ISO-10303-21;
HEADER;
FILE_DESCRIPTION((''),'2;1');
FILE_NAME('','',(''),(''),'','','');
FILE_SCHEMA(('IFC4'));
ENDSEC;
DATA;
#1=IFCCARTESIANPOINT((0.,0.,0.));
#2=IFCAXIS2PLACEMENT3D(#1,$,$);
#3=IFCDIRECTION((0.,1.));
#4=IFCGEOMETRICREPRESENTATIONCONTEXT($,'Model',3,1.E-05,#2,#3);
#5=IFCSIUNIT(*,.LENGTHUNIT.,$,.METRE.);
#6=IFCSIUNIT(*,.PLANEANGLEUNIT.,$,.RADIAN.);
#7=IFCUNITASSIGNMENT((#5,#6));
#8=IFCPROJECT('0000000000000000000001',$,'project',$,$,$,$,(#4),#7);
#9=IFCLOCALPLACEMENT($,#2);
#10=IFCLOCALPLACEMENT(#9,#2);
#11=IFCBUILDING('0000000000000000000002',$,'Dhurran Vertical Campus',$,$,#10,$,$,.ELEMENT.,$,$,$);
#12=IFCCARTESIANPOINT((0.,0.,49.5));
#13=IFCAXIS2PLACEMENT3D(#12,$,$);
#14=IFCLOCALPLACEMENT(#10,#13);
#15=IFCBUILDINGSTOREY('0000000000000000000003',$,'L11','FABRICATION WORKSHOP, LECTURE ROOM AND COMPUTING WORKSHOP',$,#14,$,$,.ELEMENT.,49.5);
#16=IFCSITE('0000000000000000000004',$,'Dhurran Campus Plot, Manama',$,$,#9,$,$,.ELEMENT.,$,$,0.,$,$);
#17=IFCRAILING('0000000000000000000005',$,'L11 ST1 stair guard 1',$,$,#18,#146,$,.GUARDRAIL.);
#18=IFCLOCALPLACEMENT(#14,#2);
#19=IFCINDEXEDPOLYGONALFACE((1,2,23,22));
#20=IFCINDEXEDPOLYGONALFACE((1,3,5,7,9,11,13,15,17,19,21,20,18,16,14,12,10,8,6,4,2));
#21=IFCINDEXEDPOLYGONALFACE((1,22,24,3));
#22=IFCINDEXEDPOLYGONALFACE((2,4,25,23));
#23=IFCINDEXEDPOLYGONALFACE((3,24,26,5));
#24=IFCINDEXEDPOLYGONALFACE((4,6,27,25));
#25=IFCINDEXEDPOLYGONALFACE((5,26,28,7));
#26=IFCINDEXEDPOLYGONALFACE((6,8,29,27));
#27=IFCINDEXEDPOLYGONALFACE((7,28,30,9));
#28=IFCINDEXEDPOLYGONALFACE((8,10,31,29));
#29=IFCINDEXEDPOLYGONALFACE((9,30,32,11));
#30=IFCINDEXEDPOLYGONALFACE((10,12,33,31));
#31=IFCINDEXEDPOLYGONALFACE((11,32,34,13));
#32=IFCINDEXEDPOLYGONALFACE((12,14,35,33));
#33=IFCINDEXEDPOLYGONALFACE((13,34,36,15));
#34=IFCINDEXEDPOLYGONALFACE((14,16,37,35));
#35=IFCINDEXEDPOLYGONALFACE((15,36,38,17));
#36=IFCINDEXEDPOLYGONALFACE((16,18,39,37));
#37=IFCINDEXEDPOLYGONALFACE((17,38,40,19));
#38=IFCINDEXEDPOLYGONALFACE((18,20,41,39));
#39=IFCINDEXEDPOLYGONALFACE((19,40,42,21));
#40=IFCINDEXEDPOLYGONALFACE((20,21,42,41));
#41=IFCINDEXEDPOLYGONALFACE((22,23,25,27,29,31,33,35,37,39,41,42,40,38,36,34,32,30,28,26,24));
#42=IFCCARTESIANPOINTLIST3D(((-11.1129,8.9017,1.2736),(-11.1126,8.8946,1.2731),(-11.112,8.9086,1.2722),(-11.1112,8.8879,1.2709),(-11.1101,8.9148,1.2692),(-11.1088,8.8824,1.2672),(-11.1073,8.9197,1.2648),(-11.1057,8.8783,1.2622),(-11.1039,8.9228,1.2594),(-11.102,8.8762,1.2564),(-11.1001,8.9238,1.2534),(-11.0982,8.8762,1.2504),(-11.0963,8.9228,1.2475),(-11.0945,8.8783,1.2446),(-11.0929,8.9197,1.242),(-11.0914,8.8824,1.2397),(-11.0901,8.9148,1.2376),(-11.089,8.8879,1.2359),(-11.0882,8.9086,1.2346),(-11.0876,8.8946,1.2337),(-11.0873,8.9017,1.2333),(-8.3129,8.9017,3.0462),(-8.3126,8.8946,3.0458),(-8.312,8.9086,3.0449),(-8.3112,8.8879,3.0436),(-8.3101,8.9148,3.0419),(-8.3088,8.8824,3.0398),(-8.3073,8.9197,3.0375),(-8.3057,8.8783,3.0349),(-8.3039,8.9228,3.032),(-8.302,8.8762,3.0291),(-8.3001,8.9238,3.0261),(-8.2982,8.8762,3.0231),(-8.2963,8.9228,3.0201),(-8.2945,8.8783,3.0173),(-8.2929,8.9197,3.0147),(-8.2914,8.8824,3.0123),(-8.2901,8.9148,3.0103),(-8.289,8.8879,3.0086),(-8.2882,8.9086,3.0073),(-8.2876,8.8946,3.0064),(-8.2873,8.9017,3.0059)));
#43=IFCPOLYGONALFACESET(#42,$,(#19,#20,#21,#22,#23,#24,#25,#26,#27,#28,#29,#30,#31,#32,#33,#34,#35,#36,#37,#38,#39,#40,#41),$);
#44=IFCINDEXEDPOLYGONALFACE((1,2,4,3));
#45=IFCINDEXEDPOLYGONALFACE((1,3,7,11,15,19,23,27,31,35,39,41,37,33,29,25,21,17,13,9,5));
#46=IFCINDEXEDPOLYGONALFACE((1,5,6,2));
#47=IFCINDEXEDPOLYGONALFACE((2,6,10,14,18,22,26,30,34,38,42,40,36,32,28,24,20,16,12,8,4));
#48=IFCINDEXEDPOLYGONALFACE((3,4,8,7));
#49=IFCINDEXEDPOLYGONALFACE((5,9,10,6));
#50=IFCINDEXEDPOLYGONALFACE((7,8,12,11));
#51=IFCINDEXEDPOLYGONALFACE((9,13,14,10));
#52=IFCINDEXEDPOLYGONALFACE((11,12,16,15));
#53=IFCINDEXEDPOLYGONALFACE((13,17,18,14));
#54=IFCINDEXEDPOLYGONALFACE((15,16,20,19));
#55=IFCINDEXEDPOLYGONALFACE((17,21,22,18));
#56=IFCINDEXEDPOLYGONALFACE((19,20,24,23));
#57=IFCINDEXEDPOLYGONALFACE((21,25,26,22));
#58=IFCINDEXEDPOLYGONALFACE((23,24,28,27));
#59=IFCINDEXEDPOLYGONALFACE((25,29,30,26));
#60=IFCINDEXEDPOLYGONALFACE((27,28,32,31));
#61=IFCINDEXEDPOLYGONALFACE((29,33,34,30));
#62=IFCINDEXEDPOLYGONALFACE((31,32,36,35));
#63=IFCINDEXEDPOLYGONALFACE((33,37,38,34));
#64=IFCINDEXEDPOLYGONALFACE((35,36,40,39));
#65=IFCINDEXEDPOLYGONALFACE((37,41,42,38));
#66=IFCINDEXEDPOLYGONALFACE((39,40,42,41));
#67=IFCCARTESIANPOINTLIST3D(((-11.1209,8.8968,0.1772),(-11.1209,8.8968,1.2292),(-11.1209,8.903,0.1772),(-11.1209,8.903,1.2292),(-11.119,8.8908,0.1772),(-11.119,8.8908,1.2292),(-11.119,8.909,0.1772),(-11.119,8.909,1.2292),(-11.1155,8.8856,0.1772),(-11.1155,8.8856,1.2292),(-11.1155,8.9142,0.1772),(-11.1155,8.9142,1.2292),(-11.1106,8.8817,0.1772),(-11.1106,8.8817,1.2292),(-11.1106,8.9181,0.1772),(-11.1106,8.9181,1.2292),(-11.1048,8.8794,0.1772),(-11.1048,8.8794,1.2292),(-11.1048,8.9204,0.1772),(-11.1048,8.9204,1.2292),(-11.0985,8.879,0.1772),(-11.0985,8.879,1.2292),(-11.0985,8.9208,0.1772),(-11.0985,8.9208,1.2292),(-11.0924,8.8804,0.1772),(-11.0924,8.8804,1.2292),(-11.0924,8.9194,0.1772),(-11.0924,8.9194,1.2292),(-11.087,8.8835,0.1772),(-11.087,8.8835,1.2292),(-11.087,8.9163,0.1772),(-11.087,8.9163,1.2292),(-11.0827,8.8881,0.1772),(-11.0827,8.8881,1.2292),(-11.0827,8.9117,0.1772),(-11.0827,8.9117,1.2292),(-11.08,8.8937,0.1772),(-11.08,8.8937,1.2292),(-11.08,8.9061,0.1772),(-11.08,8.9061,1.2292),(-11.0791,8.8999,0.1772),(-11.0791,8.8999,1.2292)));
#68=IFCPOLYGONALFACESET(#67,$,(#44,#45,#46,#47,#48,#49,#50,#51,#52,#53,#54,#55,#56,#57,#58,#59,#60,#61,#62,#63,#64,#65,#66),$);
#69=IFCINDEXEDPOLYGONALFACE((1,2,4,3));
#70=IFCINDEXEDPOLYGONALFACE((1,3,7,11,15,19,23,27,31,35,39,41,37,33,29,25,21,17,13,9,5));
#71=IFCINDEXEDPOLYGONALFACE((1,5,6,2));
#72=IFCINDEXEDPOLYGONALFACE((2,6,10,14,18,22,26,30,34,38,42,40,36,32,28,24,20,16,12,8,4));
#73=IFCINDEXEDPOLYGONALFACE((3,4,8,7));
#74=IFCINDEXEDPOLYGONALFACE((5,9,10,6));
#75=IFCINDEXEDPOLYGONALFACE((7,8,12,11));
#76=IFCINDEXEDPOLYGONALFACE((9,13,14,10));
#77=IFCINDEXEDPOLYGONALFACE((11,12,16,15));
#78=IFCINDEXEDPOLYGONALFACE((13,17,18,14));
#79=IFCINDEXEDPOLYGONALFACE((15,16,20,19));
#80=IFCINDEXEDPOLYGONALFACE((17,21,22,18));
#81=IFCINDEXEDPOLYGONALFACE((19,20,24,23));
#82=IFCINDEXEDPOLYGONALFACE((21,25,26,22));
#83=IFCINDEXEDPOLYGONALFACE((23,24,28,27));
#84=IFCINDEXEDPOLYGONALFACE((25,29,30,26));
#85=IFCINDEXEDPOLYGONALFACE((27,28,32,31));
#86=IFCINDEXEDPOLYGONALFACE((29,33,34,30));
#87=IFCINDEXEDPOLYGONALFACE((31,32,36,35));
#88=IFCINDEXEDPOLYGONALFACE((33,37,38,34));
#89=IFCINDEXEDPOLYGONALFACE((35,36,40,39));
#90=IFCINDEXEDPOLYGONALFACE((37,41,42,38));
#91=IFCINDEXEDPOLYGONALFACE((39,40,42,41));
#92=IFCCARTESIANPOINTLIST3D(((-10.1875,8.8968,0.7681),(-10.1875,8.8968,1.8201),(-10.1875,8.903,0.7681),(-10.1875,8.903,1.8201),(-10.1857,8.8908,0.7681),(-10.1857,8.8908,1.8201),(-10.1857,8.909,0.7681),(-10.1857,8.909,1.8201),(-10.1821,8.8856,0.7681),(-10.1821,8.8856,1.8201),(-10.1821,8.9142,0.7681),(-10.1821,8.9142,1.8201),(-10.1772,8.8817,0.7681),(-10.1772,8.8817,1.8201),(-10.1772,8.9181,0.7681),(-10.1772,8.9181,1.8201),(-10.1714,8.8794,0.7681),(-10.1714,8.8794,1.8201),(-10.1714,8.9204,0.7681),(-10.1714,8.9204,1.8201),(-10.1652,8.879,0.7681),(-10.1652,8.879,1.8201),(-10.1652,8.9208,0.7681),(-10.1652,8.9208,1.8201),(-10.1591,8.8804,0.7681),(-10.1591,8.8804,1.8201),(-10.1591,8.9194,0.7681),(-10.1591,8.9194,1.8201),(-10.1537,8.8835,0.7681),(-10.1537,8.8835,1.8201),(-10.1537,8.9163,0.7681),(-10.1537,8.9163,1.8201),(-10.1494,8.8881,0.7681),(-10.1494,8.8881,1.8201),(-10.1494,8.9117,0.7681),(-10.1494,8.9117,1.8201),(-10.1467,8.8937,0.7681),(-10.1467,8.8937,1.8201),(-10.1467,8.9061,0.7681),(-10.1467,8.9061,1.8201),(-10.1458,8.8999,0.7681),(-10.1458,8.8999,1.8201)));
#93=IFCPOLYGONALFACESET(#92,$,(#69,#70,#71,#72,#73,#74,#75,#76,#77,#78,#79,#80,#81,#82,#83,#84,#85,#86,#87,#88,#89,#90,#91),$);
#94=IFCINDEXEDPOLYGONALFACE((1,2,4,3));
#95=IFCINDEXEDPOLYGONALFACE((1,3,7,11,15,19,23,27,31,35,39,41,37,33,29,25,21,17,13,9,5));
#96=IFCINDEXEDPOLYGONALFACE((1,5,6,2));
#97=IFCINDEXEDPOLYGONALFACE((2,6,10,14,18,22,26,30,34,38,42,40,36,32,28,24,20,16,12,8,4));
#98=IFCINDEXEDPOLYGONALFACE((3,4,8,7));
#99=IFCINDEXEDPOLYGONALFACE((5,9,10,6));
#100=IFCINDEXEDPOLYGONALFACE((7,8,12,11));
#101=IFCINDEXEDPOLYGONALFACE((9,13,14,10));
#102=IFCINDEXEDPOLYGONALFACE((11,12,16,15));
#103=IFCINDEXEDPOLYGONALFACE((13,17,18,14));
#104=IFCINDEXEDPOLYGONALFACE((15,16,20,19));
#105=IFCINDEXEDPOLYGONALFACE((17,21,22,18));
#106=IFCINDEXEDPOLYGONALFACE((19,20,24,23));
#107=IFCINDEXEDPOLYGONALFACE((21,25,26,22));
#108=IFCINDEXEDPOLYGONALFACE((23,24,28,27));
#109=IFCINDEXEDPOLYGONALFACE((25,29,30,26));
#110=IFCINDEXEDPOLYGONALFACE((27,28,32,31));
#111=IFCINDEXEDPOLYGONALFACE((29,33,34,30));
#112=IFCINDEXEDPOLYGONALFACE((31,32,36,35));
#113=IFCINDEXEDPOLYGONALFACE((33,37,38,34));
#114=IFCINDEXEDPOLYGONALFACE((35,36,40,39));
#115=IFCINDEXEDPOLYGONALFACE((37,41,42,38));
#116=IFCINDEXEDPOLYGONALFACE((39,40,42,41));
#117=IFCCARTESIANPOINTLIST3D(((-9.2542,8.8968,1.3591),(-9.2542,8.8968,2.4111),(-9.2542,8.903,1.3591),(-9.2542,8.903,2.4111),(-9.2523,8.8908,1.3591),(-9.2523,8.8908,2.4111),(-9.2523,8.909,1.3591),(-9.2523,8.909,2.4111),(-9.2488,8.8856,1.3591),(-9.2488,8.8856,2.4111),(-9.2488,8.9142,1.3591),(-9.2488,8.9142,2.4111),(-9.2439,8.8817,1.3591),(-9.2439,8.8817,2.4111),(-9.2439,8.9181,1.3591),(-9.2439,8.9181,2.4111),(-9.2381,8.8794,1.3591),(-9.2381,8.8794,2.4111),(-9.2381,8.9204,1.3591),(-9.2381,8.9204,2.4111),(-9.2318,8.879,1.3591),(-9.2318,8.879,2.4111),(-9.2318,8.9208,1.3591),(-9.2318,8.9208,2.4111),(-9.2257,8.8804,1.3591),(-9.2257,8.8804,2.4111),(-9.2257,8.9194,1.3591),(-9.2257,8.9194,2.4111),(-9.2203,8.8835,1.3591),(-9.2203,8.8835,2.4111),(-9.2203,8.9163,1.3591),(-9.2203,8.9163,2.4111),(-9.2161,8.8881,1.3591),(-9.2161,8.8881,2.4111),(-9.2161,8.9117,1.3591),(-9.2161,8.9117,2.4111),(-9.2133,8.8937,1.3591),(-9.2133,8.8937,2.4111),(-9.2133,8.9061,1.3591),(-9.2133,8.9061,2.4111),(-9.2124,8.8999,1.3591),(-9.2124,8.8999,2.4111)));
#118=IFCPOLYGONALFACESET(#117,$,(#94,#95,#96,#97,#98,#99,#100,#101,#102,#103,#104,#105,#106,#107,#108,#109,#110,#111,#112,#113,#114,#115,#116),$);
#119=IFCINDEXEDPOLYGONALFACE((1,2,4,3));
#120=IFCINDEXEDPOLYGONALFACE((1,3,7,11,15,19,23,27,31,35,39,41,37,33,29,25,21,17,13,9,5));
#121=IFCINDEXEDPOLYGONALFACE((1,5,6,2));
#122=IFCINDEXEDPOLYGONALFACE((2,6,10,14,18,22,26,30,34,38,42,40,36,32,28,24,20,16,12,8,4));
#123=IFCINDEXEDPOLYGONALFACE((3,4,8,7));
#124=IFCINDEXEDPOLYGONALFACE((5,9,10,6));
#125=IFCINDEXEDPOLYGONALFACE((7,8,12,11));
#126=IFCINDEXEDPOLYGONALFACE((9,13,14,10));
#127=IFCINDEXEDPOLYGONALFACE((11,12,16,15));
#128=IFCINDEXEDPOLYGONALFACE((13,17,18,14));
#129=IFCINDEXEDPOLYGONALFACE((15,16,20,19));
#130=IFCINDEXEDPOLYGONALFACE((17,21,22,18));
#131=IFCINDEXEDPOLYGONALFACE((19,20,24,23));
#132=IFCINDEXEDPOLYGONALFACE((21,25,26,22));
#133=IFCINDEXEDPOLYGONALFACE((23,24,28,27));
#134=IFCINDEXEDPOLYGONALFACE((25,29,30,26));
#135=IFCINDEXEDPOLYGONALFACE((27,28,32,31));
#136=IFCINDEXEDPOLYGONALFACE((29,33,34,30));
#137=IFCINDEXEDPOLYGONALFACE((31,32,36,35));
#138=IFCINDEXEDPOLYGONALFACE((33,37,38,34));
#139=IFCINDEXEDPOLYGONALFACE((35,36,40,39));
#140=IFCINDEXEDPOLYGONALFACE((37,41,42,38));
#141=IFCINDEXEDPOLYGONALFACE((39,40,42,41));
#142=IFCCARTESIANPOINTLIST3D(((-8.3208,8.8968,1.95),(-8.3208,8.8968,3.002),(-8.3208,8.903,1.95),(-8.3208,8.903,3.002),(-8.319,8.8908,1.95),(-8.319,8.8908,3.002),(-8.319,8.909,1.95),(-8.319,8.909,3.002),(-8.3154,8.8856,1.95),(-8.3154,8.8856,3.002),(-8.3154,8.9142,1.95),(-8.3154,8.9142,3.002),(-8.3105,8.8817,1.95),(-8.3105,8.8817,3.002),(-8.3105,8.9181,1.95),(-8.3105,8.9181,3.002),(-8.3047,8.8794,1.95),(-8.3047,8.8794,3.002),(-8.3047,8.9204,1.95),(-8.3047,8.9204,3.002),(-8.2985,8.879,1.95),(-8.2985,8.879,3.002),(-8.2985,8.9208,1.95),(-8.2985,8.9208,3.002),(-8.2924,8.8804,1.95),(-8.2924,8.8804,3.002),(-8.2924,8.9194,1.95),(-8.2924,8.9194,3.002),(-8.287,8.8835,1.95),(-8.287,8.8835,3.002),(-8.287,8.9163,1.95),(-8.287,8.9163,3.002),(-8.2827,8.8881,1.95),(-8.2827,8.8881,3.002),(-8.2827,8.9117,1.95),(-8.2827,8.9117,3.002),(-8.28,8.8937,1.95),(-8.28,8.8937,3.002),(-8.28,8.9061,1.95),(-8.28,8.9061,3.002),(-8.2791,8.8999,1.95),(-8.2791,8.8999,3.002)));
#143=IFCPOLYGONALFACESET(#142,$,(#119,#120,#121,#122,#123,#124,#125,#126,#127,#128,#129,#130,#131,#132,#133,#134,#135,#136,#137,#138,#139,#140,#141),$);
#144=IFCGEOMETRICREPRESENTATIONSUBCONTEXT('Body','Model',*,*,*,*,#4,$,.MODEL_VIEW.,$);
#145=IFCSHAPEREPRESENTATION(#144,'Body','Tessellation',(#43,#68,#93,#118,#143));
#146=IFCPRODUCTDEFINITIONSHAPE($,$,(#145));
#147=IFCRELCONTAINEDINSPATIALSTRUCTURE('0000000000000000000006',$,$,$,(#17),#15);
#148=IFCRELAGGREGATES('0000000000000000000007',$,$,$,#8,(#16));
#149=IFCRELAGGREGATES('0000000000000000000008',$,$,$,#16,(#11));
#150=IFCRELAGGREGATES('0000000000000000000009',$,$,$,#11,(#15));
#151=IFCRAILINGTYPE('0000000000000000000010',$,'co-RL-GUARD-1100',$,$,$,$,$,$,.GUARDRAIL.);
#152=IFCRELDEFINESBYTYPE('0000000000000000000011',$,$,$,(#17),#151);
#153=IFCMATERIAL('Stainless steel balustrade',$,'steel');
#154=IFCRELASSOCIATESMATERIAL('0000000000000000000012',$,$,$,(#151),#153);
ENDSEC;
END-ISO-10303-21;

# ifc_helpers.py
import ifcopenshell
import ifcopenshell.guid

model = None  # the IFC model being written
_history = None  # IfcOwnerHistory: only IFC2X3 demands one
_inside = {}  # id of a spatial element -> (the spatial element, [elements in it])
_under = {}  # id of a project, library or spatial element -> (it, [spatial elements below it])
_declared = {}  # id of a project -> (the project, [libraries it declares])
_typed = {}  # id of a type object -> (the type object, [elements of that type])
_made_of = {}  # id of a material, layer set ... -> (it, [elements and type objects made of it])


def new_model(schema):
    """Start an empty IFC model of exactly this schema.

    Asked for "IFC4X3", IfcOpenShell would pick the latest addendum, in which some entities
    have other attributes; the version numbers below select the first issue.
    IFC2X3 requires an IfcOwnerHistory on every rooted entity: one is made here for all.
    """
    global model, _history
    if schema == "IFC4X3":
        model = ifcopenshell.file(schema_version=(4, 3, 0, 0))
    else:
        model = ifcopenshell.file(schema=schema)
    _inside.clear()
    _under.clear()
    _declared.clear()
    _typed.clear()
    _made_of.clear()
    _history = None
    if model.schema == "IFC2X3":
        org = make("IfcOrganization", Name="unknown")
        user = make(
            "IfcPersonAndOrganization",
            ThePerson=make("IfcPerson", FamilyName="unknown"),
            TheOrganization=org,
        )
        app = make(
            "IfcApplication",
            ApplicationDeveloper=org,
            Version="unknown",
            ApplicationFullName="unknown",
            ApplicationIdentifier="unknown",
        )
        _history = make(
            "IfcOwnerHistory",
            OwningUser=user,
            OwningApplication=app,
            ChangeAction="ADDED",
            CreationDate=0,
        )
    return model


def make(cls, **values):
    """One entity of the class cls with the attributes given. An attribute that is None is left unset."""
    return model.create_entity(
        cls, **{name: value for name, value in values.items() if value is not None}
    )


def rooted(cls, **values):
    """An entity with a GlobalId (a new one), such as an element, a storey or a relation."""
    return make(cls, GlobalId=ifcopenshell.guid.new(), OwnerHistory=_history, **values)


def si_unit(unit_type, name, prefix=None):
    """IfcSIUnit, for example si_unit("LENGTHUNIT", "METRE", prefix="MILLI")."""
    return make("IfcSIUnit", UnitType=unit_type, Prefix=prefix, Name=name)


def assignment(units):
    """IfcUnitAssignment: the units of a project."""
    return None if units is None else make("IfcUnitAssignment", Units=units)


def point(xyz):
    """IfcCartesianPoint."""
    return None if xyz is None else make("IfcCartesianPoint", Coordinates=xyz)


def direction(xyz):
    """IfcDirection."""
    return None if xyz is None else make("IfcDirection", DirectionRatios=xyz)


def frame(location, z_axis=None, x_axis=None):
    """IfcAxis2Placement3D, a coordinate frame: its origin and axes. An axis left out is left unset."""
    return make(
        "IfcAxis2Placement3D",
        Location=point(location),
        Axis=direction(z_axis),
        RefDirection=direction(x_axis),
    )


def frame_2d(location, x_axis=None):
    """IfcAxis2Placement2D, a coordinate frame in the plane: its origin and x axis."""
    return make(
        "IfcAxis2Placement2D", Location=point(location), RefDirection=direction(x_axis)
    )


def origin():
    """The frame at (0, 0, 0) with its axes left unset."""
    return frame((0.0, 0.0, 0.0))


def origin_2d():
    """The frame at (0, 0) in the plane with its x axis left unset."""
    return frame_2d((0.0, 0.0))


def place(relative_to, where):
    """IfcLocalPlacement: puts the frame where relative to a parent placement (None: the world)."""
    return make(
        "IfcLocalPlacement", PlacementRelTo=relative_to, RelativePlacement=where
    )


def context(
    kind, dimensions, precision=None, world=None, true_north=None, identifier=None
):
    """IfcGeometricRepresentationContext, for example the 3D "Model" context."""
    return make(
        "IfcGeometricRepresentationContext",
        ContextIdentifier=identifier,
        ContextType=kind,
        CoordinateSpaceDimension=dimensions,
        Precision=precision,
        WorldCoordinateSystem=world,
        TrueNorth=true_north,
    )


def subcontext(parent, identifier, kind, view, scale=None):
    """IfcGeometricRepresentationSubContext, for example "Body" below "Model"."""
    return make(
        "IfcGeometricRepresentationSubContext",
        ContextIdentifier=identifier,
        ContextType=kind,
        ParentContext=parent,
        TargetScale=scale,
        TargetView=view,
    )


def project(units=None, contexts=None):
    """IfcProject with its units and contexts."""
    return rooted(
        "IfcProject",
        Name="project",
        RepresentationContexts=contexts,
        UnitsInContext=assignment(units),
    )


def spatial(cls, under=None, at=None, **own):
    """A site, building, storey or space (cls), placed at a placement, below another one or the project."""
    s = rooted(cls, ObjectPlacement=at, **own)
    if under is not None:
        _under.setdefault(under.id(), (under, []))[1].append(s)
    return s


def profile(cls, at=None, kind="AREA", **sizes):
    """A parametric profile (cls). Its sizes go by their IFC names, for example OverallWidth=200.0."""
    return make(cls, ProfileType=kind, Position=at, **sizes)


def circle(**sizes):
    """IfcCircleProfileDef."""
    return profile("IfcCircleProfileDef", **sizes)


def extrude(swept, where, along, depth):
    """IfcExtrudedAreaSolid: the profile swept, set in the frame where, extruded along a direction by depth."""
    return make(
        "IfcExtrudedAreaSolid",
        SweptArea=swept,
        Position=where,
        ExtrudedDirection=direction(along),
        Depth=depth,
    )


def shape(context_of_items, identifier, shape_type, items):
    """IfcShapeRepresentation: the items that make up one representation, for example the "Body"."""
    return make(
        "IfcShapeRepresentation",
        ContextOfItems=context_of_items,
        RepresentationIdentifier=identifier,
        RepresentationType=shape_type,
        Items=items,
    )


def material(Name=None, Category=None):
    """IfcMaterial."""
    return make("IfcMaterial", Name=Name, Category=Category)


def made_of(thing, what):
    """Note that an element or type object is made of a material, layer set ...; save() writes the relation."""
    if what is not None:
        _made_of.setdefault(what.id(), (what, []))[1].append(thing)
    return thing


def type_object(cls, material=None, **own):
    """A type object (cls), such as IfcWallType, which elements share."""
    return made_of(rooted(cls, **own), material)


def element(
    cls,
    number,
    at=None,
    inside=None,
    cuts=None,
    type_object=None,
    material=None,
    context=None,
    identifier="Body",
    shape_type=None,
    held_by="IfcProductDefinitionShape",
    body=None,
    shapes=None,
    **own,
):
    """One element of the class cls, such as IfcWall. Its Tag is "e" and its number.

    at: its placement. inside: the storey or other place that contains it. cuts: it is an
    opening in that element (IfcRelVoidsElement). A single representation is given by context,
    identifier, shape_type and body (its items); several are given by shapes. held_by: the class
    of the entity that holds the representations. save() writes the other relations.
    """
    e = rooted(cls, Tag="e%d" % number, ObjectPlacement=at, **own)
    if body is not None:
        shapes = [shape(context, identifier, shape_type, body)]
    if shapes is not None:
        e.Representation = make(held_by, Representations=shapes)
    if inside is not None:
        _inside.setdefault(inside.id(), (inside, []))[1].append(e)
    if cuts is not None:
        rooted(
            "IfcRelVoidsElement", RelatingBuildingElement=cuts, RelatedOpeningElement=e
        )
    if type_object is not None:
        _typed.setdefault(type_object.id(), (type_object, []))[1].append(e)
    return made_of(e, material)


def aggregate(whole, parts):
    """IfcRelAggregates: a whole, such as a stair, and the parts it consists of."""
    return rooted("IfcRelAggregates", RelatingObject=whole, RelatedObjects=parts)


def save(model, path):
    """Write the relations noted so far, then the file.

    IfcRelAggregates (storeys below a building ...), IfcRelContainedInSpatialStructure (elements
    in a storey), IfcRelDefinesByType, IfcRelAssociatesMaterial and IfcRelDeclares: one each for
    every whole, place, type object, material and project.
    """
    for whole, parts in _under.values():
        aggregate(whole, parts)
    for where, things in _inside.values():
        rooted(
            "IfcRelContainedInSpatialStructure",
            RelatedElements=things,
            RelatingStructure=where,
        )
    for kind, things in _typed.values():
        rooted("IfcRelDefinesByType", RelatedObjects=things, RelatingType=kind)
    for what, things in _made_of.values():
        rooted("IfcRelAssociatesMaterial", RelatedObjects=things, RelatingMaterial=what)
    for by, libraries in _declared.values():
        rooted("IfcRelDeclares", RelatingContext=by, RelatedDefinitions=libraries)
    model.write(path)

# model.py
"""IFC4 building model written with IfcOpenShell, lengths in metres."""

from ifc_helpers import new_model, si_unit, direction, frame, origin, origin_2d, place, context, subcontext, project, spatial, circle, extrude, material, type_object, element, save


model = new_model("IFC4")

# Units and contexts
model_context = context("Model", 3, precision=1e-05, world=origin(), true_north=direction((0.0, 1.0)))
body_context = subcontext(model_context, "Body", "Model", "MODEL_VIEW")
ifc_project = project(units=[si_unit("LENGTHUNIT", "METRE"), si_unit("PLANEANGLEUNIT", "RADIAN")], contexts=[model_context])

# Site, building, storey
site_placement = place(None, origin())
site = spatial("IfcSite", under=ifc_project, at=site_placement, Name="Dhurran Campus Plot, Manama", CompositionType="ELEMENT", RefElevation=0.0)
building_placement = place(site_placement, origin())
building = spatial("IfcBuilding", under=site, at=building_placement, Name="Dhurran Vertical Campus", CompositionType="ELEMENT")
storey_placement = place(building_placement, frame((0.0, 0.0, 49.5)))
storey = spatial("IfcBuildingStorey", under=building, at=storey_placement, Name="L11", Description="FABRICATION WORKSHOP, LECTURE ROOM AND COMPUTING WORKSHOP", CompositionType="ELEMENT", Elevation=49.5)

# Railing
ifc_material_1 = material(Name="Stainless steel balustrade", Category="steel")
railing_type_1 = type_object("IfcRailingType", Name="co-RL-GUARD-1100", PredefinedType="GUARDRAIL", material=ifc_material_1)
railing_1_placement = place(storey_placement, frame((-11.1001, 8.8999, 0.1772)))
element("IfcRailing", 1, at=railing_1_placement, inside=storey, type_object=railing_type_1, Name="L11 ST1 stair guard 1", PredefinedType="GUARDRAIL", context=body_context, shape_type="SweptSolid", body=[
    extrude(circle(Radius=0.0239, at=origin_2d()), frame((0.0, 0.0, 1.0762), z_axis=(0.844909, 0.0, 0.53491), x_axis=(0.0, 1.0, 0.0)), (0.0, 0.0, 1.0), 3.314),
    extrude(circle(Radius=0.021, at=origin_2d()), origin(), (0.0, 0.0, 1.0), 1.052),
    extrude(circle(Radius=0.021, at=origin_2d()), frame((0.9333, 0.0, 0.5908)), (0.0, 0.0, 1.0), 1.052),
    extrude(circle(Radius=0.021, at=origin_2d()), frame((1.8667, 0.0, 1.1819)), (0.0, 0.0, 1.0), 1.052),
    extrude(circle(Radius=0.021, at=origin_2d()), frame((2.8, 0.0, 1.7727)), (0.0, 0.0, 1.0), 1.052),
])

save(model, "model.ifc")
